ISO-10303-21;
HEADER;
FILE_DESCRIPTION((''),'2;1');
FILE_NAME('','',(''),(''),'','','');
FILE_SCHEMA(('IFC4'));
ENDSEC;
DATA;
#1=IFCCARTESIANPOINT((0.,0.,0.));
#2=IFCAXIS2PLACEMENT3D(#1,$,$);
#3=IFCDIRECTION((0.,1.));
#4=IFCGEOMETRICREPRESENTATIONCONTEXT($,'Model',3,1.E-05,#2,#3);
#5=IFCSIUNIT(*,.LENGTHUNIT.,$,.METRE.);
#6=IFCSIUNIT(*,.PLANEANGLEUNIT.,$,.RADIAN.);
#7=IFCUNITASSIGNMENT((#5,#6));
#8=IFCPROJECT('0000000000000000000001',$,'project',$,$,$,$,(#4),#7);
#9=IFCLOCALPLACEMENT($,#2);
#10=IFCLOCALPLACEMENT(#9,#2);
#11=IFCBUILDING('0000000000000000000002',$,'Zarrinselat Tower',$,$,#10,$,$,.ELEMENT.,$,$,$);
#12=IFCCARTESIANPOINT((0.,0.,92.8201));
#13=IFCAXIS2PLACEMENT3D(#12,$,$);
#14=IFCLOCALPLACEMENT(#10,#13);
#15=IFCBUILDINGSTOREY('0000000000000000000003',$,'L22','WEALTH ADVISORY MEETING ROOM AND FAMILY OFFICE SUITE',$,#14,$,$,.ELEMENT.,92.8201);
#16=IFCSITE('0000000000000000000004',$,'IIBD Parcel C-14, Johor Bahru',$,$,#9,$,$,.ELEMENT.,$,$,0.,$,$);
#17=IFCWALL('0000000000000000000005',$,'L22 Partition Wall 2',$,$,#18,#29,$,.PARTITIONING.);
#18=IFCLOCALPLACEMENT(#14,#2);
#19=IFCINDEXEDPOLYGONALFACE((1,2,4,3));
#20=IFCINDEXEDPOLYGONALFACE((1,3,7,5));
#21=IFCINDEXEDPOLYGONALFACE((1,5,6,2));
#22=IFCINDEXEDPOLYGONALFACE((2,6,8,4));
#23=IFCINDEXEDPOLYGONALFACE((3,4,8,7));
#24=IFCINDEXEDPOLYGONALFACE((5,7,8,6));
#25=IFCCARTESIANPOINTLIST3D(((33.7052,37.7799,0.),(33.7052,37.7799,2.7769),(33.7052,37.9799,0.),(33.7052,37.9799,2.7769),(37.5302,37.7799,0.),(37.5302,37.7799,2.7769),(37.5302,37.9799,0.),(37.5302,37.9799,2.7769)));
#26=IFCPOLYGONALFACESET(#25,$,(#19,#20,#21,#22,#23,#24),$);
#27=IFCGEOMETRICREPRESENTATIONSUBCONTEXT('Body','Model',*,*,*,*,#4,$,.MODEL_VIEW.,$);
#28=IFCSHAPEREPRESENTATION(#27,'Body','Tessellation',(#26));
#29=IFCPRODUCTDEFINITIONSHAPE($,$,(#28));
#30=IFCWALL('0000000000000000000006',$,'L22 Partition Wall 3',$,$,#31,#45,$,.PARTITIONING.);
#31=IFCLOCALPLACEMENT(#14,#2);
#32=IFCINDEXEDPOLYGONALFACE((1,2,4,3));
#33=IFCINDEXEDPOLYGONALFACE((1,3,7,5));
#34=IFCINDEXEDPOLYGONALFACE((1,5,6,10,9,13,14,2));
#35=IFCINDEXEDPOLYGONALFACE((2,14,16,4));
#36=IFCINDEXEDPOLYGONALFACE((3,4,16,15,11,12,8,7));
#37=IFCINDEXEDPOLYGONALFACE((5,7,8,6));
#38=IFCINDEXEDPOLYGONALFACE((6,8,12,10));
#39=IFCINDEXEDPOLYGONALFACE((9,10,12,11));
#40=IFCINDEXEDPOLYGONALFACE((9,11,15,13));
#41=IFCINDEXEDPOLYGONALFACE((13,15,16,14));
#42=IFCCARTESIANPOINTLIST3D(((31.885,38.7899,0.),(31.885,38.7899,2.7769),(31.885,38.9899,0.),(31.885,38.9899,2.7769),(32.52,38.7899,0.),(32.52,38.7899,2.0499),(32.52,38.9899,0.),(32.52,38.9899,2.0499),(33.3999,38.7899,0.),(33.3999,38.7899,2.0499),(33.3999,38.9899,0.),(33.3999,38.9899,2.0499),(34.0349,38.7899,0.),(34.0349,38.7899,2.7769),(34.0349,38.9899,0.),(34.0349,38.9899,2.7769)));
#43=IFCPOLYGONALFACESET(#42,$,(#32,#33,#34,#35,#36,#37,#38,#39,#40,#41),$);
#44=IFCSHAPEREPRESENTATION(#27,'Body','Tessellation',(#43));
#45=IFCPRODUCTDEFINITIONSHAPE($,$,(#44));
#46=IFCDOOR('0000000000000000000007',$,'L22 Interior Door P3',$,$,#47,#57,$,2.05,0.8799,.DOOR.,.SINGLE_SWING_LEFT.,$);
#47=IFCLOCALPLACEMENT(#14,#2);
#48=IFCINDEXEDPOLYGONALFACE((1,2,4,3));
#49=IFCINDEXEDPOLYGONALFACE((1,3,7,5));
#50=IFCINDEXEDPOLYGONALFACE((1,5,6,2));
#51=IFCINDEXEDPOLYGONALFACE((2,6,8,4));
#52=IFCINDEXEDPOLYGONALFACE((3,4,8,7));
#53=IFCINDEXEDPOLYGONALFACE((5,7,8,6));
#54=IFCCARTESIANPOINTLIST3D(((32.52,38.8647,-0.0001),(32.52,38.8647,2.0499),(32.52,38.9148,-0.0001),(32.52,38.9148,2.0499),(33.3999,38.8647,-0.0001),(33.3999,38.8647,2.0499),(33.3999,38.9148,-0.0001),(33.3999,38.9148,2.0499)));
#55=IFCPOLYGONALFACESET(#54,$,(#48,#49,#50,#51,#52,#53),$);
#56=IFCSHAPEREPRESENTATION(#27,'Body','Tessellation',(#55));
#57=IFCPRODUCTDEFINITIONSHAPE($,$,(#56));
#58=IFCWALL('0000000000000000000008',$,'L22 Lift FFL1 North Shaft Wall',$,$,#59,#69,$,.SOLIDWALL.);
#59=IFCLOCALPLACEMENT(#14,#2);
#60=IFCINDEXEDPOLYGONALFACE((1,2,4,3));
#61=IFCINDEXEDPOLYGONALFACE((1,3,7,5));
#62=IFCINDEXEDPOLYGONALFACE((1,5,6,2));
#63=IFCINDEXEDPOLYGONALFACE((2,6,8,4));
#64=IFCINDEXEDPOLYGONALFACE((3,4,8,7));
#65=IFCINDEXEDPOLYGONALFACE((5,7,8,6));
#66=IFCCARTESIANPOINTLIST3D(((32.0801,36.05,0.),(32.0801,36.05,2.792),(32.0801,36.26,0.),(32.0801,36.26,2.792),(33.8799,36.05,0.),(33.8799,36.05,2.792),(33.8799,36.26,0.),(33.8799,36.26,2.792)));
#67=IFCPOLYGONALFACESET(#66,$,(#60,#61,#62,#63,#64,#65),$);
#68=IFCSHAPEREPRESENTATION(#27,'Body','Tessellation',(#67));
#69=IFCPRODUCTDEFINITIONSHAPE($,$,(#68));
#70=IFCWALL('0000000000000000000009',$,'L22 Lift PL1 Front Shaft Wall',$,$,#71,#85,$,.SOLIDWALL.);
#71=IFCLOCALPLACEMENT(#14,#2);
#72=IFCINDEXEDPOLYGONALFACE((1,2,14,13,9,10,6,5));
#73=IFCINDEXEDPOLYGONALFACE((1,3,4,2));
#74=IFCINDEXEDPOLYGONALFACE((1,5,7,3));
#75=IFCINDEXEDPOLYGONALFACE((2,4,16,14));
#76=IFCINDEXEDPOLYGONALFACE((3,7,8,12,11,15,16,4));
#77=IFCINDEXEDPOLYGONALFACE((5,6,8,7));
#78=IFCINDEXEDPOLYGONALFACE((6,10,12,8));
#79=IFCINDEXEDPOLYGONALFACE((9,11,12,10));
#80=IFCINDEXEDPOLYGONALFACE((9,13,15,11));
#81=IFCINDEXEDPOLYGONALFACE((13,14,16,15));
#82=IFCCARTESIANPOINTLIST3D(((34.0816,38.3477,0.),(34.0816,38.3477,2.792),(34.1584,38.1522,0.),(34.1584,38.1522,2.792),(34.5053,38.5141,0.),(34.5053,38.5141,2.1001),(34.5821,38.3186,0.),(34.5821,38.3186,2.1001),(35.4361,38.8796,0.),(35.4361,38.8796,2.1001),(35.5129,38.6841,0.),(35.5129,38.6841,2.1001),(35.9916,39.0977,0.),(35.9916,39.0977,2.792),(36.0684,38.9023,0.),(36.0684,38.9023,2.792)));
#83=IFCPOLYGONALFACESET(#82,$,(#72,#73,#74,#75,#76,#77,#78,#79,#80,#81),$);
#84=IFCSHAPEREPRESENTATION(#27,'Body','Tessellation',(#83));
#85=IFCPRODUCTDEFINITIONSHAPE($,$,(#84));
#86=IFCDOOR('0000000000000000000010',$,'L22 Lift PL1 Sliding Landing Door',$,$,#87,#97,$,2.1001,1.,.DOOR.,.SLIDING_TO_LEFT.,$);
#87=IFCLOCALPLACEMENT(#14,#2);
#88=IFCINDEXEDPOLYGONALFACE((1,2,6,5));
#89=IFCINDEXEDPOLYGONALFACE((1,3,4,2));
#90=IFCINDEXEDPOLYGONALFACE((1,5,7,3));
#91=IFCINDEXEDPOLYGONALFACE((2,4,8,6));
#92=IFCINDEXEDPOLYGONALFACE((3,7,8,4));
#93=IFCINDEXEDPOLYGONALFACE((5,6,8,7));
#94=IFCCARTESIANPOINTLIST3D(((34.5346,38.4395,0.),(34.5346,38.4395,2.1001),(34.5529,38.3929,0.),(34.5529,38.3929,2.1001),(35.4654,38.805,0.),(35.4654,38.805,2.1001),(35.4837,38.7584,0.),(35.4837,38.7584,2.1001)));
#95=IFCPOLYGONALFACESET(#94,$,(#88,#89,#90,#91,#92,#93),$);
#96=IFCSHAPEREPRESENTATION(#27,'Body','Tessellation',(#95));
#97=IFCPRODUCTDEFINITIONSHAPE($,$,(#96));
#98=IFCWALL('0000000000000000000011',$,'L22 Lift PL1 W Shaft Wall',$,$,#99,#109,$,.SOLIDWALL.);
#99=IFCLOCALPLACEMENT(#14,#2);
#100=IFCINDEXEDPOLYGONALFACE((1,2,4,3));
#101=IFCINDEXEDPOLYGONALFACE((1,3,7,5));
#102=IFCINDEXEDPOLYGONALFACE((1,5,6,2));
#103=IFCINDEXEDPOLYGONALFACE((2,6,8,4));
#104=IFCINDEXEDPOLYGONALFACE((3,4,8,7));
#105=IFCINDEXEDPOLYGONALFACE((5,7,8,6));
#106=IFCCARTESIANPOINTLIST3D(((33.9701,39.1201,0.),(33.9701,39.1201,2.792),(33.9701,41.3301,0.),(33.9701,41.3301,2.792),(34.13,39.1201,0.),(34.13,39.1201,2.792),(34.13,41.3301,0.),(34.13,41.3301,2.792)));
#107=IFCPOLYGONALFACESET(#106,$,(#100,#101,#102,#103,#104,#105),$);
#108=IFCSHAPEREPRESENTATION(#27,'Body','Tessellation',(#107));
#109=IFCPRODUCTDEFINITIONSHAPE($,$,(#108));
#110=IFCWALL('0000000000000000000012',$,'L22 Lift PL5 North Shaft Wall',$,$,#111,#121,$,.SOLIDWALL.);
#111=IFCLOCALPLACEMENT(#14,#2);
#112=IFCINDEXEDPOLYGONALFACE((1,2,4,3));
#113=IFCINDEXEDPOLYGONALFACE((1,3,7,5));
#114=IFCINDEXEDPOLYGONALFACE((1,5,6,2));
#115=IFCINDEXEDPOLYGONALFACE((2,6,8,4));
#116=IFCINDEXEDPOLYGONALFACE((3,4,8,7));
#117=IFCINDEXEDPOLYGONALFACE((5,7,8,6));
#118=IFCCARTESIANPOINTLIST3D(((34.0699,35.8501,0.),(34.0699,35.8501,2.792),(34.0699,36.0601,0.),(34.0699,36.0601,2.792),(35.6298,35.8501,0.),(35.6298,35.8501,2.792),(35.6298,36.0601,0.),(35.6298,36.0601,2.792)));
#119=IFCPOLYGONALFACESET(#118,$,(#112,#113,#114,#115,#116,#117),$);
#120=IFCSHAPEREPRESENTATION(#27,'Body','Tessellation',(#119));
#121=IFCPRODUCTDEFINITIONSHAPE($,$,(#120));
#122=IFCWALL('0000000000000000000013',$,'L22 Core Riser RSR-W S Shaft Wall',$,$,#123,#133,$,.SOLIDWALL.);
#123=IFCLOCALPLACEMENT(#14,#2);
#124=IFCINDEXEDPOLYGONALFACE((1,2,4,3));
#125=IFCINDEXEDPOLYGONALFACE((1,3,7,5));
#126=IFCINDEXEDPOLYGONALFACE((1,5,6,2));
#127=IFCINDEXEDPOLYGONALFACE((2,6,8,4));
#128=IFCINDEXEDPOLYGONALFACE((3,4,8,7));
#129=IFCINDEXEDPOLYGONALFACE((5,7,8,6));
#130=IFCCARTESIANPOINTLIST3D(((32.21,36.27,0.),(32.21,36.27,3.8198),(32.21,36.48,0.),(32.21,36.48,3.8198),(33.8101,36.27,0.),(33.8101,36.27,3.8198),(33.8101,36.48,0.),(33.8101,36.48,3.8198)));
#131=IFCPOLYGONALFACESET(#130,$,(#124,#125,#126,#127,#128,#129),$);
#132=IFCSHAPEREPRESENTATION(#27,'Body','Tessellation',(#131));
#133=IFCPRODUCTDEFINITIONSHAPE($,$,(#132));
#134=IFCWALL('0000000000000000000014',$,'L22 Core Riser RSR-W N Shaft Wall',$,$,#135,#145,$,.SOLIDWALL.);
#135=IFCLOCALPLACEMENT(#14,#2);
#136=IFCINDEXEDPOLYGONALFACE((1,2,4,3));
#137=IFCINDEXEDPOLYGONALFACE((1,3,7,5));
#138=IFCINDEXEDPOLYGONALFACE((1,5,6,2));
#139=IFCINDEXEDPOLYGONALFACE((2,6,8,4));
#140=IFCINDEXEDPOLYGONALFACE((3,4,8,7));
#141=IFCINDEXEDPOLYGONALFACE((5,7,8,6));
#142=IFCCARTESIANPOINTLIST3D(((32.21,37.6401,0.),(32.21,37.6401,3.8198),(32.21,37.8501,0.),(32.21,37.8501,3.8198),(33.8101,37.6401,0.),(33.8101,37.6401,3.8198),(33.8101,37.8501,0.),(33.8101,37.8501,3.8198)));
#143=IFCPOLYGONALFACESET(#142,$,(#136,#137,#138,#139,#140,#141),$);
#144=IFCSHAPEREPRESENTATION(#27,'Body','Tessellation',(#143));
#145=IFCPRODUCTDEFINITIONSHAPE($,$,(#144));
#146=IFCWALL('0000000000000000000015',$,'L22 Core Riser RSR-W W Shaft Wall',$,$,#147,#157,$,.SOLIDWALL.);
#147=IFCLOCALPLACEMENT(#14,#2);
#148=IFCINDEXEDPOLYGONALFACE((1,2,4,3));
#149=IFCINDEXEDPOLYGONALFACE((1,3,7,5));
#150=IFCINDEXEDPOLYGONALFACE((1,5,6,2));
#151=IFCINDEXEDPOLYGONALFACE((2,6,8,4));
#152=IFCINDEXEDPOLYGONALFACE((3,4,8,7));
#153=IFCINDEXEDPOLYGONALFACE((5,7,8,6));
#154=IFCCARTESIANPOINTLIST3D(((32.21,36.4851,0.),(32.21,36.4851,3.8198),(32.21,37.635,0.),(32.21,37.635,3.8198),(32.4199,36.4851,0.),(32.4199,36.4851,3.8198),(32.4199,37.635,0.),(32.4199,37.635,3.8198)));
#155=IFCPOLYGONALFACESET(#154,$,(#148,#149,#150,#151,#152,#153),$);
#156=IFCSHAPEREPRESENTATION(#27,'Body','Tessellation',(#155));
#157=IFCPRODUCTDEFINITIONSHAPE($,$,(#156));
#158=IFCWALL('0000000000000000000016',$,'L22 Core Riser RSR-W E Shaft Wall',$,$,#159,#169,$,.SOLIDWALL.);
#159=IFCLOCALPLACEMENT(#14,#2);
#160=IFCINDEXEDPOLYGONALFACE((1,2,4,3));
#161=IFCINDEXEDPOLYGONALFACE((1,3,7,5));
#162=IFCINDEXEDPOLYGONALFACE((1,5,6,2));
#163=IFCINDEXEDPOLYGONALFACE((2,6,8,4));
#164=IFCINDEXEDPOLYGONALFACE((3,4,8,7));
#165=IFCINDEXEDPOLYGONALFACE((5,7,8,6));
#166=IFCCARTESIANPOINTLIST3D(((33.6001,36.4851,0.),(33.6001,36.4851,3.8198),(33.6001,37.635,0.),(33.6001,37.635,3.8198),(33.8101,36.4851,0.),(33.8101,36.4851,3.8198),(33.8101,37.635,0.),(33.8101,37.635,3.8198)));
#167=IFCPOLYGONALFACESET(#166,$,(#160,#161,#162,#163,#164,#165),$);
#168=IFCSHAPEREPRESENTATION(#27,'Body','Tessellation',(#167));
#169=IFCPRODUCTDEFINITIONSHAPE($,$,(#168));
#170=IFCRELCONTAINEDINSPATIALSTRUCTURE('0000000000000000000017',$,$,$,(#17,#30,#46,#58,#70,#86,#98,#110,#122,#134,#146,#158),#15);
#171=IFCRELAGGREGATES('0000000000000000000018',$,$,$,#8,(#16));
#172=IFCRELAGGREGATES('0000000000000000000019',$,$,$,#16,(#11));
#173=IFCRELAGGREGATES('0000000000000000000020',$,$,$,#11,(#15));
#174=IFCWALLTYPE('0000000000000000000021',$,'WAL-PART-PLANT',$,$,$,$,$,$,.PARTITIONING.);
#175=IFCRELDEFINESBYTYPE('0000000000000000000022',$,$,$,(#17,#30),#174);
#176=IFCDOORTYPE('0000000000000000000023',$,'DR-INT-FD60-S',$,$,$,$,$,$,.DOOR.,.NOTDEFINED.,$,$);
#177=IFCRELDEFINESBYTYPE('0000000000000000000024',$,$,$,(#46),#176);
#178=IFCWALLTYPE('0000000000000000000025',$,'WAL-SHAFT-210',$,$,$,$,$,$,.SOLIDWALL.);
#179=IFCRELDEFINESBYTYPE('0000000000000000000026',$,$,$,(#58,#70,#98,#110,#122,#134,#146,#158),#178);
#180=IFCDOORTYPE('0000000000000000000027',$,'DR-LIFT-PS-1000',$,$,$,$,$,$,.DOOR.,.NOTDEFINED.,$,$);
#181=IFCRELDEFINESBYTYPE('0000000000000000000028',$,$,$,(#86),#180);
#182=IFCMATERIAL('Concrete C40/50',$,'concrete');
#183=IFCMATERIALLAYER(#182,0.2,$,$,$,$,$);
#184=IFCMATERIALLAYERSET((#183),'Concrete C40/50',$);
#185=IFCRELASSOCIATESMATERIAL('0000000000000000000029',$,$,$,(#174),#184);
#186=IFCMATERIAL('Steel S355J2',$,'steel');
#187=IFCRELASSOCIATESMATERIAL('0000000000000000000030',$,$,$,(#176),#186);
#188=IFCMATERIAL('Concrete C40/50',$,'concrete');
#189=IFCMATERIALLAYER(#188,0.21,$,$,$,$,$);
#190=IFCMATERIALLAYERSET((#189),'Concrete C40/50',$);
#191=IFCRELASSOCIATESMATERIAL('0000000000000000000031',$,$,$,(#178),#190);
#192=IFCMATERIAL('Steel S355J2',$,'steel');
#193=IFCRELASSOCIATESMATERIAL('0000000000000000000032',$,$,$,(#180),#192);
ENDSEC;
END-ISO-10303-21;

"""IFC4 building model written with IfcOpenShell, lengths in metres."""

from ifc_helpers import new_model, si_unit, direction, frame, frame_2d, origin, place, context, subcontext, project, spatial, rectangle, extrude, material, layer, layer_set, type_object, element, fill, save


model = new_model("IFC4")

# Units and contexts
model_context = context("Model", 3, precision=1e-05, world=origin(), true_north=direction((0.0, 1.0)))
body_context = subcontext(model_context, "Body", "Model", "MODEL_VIEW")
ifc_project = project(units=[si_unit("LENGTHUNIT", "METRE"), si_unit("PLANEANGLEUNIT", "RADIAN")], contexts=[model_context])

# Site, building, storey
site_placement = place(None, origin())
site = spatial("IfcSite", under=ifc_project, at=site_placement, Name="IIBD Parcel C-14, Johor Bahru", CompositionType="ELEMENT", RefElevation=0.0)
building_placement = place(site_placement, origin())
building = spatial("IfcBuilding", under=site, at=building_placement, Name="Zarrinselat Tower", CompositionType="ELEMENT")
storey_placement = place(building_placement, frame((0.0, 0.0, 92.8201)))
storey = spatial("IfcBuildingStorey", under=building, at=storey_placement, Name="L22", Description="WEALTH ADVISORY MEETING ROOM AND FAMILY OFFICE SUITE", CompositionType="ELEMENT", Elevation=92.8201)

# Wall
ifc_material_1 = material(Name="Concrete C40/50", Category="concrete")
ifc_layer_1 = layer(ifc_material_1, 0.2)
ifc_layer_set_1 = layer_set([ifc_layer_1], Name="Concrete C40/50")
wall_type_1 = type_object("IfcWallType", Name="WAL-PART-PLANT", PredefinedType="PARTITIONING", material=ifc_layer_set_1)
wall_1_placement = place(storey_placement, frame((33.7051, 37.8799, 0.0), z_axis=(0.0, 0.0, 1.0), x_axis=(1.0, 0.0, 0.0)))
element("IfcWall", 1, at=wall_1_placement, inside=storey, type_object=wall_type_1, Name="L22 Partition Wall 2", PredefinedType="PARTITIONING", context=body_context, shape_type="SweptSolid", body=[
    extrude(rectangle(XDim=3.825, YDim=0.2, at=frame_2d((1.9126, 0.0))), origin(), (0.0, 0.0, 1.0), 2.7769),
])

# Wall, opening, door
wall_2_placement = place(storey_placement, frame((31.885, 38.8899, 0.0), z_axis=(0.0, 0.0, 1.0), x_axis=(1.0, 0.0, 0.0)))
wall_2 = element("IfcWall", 2, at=wall_2_placement, inside=storey, type_object=wall_type_1, Name="L22 Partition Wall 3", PredefinedType="PARTITIONING", context=body_context, shape_type="SweptSolid", body=[
    extrude(rectangle(XDim=2.1499, YDim=0.2, at=frame_2d((1.075, 0.0))), origin(), (0.0, 0.0, 1.0), 2.7769),
])
opening_1_placement = place(wall_2_placement, frame((0.635, 0.0, 0.0)))
opening_1 = element("IfcOpeningElement", 3, at=opening_1_placement, cuts=wall_2, PredefinedType="OPENING", context=body_context, shape_type="SweptSolid", body=[
    extrude(rectangle(XDim=0.8799, YDim=2.05, at=frame_2d((0.4399, 1.0249))), frame((0.0, 0.1099, 0.0), z_axis=(0.0, -1.0, 0.0), x_axis=(1.0, 0.0, 0.0)), (0.0, 0.0, 1.0), 0.22),
])
ifc_material_2 = material(Name="Steel S355J2", Category="steel")
door_type_1 = type_object("IfcDoorType", Name="DR-INT-FD60-S", OperationType="NOTDEFINED", PredefinedType="DOOR", material=ifc_material_2)
door_1_placement = place(opening_1_placement, origin())
door_1 = element("IfcDoor", 4, at=door_1_placement, inside=storey, type_object=door_type_1, Name="L22 Interior Door P3", OperationType="SINGLE_SWING_LEFT", OverallHeight=2.05, OverallWidth=0.8799, PredefinedType="DOOR", context=body_context, shape_type="SweptSolid", body=[
    extrude(rectangle(XDim=0.8799, YDim=2.05, at=frame_2d((0.4399, 1.0249))), frame((0.0, 0.0249, 0.0), z_axis=(0.0, -1.0, 0.0), x_axis=(1.0, 0.0, 0.0)), (0.0, 0.0, 1.0), 0.05),
])
fill(opening_1, door_1)

# Wall
ifc_material_3 = material(Name="Concrete C40/50", Category="concrete")
ifc_layer_2 = layer(ifc_material_3, 0.21)
ifc_layer_set_2 = layer_set([ifc_layer_2], Name="Concrete C40/50")
wall_type_2 = type_object("IfcWallType", Name="WAL-SHAFT-210", PredefinedType="SOLIDWALL", material=ifc_layer_set_2)
wall_3_placement = place(storey_placement, frame((32.0801, 36.155, 0.0), z_axis=(0.0, 0.0, 1.0), x_axis=(1.0, 0.0, 0.0)))
element("IfcWall", 5, at=wall_3_placement, inside=storey, type_object=wall_type_2, Name="L22 Lift FFL1 North Shaft Wall", PredefinedType="SOLIDWALL", context=body_context, shape_type="SweptSolid", body=[
    extrude(rectangle(XDim=1.7998, YDim=0.21, at=frame_2d((0.8999, 0.0))), origin(), (0.0, 0.0, 1.0), 2.792),
])

# Wall, opening, door
wall_4_placement = place(storey_placement, frame((34.1201, 38.25, 0.0), z_axis=(0.0, 0.0, 1.0), x_axis=(0.930805, 0.365516, 0.0)))
wall_4 = element("IfcWall", 6, at=wall_4_placement, inside=storey, type_object=wall_type_2, Name="L22 Lift PL1 Front Shaft Wall", PredefinedType="SOLIDWALL", context=body_context, shape_type="SweptSolid", body=[
    extrude(rectangle(XDim=2.052, YDim=0.21, at=frame_2d((1.0259, 0.0))), origin(), (0.0, 0.0, 1.0), 2.792),
])
opening_2_placement = place(wall_4_placement, frame((0.4551, 0.0, 0.0)))
opening_2 = element("IfcOpeningElement", 7, at=opening_2_placement, cuts=wall_4, PredefinedType="OPENING", context=body_context, shape_type="SweptSolid", body=[
    extrude(rectangle(XDim=1.0, YDim=2.1001, at=frame_2d((0.5, 1.05))), frame((0.0, 0.115, 0.0), z_axis=(0.0, -1.0, 0.0), x_axis=(1.0, 0.0, 0.0)), (0.0, 0.0, 1.0), 0.23),
])
ifc_material_4 = material(Name="Steel S355J2", Category="steel")
door_type_2 = type_object("IfcDoorType", Name="DR-LIFT-PS-1000", OperationType="NOTDEFINED", PredefinedType="DOOR", material=ifc_material_4)
door_2_placement = place(opening_2_placement, origin())
door_2 = element("IfcDoor", 8, at=door_2_placement, inside=storey, type_object=door_type_2, Name="L22 Lift PL1 Sliding Landing Door", OperationType="SLIDING_TO_LEFT", OverallHeight=2.1001, OverallWidth=1.0, PredefinedType="DOOR", context=body_context, shape_type="SweptSolid", body=[
    extrude(rectangle(XDim=1.0, YDim=2.1001, at=frame_2d((0.5, 1.05))), frame((0.0, 0.0249, 0.0), z_axis=(0.0, -1.0, 0.0), x_axis=(1.0, 0.0, 0.0)), (0.0, 0.0, 1.0), 0.05),
])
fill(opening_2, door_2)

# Walls
wall_5_placement = place(storey_placement, frame((34.05, 39.1201, 0.0), z_axis=(0.0, 0.0, 1.0), x_axis=(0.0, 1.0, 0.0)))
element("IfcWall", 9, at=wall_5_placement, inside=storey, type_object=wall_type_2, Name="L22 Lift PL1 W Shaft Wall", PredefinedType="SOLIDWALL", context=body_context, shape_type="SweptSolid", body=[
    extrude(rectangle(XDim=2.21, YDim=0.1599, at=frame_2d((1.105, 0.0))), origin(), (0.0, 0.0, 1.0), 2.792),
])
wall_6_placement = place(storey_placement, frame((34.0701, 35.9551, 0.0), z_axis=(0.0, 0.0, 1.0), x_axis=(1.0, 0.0, 0.0)))
element("IfcWall", 10, at=wall_6_placement, inside=storey, type_object=wall_type_2, Name="L22 Lift PL5 North Shaft Wall", PredefinedType="SOLIDWALL", context=body_context, shape_type="SweptSolid", body=[
    extrude(rectangle(XDim=1.5598, YDim=0.21, at=frame_2d((0.7798, 0.0))), origin(), (0.0, 0.0, 1.0), 2.792),
])
for number, where, z_axis, x_axis, name in (
    (11, (32.21, 36.375, 0.0), (0.0, 0.0, 1.0), (1.0, 0.0, 0.0), "L22 Core Riser RSR-W S Shaft Wall"),
    (12, (32.21, 37.7451, 0.0), (0.0, 0.0, 1.0), (1.0, 0.0, 0.0), "L22 Core Riser RSR-W N Shaft Wall"),
):
    element("IfcWall", number, at=place(storey_placement, frame(where, z_axis=z_axis, x_axis=x_axis)), inside=storey, type_object=wall_type_2, Name=name, PredefinedType="SOLIDWALL", context=body_context, shape_type="SweptSolid", body=[
        extrude(rectangle(XDim=1.6001, YDim=0.21, at=frame_2d((0.8, 0.0))), origin(), (0.0, 0.0, 1.0), 3.8198),
    ])
for number, where, z_axis, x_axis, name in (
    (13, (32.3149, 36.4851, 0.0), (0.0, 0.0, 1.0), (0.0, 1.0, 0.0), "L22 Core Riser RSR-W W Shaft Wall"),
    (14, (33.7051, 36.4851, 0.0), (0.0, 0.0, 1.0), (0.0, 1.0, 0.0), "L22 Core Riser RSR-W E Shaft Wall"),
):
    element("IfcWall", number, at=place(storey_placement, frame(where, z_axis=z_axis, x_axis=x_axis)), inside=storey, type_object=wall_type_2, Name=name, PredefinedType="SOLIDWALL", context=body_context, shape_type="SweptSolid", body=[
        extrude(rectangle(XDim=1.1499, YDim=0.21, at=frame_2d((0.575, 0.0))), origin(), (0.0, 0.0, 1.0), 3.8198),
    ])

save(model, "model.ifc")
